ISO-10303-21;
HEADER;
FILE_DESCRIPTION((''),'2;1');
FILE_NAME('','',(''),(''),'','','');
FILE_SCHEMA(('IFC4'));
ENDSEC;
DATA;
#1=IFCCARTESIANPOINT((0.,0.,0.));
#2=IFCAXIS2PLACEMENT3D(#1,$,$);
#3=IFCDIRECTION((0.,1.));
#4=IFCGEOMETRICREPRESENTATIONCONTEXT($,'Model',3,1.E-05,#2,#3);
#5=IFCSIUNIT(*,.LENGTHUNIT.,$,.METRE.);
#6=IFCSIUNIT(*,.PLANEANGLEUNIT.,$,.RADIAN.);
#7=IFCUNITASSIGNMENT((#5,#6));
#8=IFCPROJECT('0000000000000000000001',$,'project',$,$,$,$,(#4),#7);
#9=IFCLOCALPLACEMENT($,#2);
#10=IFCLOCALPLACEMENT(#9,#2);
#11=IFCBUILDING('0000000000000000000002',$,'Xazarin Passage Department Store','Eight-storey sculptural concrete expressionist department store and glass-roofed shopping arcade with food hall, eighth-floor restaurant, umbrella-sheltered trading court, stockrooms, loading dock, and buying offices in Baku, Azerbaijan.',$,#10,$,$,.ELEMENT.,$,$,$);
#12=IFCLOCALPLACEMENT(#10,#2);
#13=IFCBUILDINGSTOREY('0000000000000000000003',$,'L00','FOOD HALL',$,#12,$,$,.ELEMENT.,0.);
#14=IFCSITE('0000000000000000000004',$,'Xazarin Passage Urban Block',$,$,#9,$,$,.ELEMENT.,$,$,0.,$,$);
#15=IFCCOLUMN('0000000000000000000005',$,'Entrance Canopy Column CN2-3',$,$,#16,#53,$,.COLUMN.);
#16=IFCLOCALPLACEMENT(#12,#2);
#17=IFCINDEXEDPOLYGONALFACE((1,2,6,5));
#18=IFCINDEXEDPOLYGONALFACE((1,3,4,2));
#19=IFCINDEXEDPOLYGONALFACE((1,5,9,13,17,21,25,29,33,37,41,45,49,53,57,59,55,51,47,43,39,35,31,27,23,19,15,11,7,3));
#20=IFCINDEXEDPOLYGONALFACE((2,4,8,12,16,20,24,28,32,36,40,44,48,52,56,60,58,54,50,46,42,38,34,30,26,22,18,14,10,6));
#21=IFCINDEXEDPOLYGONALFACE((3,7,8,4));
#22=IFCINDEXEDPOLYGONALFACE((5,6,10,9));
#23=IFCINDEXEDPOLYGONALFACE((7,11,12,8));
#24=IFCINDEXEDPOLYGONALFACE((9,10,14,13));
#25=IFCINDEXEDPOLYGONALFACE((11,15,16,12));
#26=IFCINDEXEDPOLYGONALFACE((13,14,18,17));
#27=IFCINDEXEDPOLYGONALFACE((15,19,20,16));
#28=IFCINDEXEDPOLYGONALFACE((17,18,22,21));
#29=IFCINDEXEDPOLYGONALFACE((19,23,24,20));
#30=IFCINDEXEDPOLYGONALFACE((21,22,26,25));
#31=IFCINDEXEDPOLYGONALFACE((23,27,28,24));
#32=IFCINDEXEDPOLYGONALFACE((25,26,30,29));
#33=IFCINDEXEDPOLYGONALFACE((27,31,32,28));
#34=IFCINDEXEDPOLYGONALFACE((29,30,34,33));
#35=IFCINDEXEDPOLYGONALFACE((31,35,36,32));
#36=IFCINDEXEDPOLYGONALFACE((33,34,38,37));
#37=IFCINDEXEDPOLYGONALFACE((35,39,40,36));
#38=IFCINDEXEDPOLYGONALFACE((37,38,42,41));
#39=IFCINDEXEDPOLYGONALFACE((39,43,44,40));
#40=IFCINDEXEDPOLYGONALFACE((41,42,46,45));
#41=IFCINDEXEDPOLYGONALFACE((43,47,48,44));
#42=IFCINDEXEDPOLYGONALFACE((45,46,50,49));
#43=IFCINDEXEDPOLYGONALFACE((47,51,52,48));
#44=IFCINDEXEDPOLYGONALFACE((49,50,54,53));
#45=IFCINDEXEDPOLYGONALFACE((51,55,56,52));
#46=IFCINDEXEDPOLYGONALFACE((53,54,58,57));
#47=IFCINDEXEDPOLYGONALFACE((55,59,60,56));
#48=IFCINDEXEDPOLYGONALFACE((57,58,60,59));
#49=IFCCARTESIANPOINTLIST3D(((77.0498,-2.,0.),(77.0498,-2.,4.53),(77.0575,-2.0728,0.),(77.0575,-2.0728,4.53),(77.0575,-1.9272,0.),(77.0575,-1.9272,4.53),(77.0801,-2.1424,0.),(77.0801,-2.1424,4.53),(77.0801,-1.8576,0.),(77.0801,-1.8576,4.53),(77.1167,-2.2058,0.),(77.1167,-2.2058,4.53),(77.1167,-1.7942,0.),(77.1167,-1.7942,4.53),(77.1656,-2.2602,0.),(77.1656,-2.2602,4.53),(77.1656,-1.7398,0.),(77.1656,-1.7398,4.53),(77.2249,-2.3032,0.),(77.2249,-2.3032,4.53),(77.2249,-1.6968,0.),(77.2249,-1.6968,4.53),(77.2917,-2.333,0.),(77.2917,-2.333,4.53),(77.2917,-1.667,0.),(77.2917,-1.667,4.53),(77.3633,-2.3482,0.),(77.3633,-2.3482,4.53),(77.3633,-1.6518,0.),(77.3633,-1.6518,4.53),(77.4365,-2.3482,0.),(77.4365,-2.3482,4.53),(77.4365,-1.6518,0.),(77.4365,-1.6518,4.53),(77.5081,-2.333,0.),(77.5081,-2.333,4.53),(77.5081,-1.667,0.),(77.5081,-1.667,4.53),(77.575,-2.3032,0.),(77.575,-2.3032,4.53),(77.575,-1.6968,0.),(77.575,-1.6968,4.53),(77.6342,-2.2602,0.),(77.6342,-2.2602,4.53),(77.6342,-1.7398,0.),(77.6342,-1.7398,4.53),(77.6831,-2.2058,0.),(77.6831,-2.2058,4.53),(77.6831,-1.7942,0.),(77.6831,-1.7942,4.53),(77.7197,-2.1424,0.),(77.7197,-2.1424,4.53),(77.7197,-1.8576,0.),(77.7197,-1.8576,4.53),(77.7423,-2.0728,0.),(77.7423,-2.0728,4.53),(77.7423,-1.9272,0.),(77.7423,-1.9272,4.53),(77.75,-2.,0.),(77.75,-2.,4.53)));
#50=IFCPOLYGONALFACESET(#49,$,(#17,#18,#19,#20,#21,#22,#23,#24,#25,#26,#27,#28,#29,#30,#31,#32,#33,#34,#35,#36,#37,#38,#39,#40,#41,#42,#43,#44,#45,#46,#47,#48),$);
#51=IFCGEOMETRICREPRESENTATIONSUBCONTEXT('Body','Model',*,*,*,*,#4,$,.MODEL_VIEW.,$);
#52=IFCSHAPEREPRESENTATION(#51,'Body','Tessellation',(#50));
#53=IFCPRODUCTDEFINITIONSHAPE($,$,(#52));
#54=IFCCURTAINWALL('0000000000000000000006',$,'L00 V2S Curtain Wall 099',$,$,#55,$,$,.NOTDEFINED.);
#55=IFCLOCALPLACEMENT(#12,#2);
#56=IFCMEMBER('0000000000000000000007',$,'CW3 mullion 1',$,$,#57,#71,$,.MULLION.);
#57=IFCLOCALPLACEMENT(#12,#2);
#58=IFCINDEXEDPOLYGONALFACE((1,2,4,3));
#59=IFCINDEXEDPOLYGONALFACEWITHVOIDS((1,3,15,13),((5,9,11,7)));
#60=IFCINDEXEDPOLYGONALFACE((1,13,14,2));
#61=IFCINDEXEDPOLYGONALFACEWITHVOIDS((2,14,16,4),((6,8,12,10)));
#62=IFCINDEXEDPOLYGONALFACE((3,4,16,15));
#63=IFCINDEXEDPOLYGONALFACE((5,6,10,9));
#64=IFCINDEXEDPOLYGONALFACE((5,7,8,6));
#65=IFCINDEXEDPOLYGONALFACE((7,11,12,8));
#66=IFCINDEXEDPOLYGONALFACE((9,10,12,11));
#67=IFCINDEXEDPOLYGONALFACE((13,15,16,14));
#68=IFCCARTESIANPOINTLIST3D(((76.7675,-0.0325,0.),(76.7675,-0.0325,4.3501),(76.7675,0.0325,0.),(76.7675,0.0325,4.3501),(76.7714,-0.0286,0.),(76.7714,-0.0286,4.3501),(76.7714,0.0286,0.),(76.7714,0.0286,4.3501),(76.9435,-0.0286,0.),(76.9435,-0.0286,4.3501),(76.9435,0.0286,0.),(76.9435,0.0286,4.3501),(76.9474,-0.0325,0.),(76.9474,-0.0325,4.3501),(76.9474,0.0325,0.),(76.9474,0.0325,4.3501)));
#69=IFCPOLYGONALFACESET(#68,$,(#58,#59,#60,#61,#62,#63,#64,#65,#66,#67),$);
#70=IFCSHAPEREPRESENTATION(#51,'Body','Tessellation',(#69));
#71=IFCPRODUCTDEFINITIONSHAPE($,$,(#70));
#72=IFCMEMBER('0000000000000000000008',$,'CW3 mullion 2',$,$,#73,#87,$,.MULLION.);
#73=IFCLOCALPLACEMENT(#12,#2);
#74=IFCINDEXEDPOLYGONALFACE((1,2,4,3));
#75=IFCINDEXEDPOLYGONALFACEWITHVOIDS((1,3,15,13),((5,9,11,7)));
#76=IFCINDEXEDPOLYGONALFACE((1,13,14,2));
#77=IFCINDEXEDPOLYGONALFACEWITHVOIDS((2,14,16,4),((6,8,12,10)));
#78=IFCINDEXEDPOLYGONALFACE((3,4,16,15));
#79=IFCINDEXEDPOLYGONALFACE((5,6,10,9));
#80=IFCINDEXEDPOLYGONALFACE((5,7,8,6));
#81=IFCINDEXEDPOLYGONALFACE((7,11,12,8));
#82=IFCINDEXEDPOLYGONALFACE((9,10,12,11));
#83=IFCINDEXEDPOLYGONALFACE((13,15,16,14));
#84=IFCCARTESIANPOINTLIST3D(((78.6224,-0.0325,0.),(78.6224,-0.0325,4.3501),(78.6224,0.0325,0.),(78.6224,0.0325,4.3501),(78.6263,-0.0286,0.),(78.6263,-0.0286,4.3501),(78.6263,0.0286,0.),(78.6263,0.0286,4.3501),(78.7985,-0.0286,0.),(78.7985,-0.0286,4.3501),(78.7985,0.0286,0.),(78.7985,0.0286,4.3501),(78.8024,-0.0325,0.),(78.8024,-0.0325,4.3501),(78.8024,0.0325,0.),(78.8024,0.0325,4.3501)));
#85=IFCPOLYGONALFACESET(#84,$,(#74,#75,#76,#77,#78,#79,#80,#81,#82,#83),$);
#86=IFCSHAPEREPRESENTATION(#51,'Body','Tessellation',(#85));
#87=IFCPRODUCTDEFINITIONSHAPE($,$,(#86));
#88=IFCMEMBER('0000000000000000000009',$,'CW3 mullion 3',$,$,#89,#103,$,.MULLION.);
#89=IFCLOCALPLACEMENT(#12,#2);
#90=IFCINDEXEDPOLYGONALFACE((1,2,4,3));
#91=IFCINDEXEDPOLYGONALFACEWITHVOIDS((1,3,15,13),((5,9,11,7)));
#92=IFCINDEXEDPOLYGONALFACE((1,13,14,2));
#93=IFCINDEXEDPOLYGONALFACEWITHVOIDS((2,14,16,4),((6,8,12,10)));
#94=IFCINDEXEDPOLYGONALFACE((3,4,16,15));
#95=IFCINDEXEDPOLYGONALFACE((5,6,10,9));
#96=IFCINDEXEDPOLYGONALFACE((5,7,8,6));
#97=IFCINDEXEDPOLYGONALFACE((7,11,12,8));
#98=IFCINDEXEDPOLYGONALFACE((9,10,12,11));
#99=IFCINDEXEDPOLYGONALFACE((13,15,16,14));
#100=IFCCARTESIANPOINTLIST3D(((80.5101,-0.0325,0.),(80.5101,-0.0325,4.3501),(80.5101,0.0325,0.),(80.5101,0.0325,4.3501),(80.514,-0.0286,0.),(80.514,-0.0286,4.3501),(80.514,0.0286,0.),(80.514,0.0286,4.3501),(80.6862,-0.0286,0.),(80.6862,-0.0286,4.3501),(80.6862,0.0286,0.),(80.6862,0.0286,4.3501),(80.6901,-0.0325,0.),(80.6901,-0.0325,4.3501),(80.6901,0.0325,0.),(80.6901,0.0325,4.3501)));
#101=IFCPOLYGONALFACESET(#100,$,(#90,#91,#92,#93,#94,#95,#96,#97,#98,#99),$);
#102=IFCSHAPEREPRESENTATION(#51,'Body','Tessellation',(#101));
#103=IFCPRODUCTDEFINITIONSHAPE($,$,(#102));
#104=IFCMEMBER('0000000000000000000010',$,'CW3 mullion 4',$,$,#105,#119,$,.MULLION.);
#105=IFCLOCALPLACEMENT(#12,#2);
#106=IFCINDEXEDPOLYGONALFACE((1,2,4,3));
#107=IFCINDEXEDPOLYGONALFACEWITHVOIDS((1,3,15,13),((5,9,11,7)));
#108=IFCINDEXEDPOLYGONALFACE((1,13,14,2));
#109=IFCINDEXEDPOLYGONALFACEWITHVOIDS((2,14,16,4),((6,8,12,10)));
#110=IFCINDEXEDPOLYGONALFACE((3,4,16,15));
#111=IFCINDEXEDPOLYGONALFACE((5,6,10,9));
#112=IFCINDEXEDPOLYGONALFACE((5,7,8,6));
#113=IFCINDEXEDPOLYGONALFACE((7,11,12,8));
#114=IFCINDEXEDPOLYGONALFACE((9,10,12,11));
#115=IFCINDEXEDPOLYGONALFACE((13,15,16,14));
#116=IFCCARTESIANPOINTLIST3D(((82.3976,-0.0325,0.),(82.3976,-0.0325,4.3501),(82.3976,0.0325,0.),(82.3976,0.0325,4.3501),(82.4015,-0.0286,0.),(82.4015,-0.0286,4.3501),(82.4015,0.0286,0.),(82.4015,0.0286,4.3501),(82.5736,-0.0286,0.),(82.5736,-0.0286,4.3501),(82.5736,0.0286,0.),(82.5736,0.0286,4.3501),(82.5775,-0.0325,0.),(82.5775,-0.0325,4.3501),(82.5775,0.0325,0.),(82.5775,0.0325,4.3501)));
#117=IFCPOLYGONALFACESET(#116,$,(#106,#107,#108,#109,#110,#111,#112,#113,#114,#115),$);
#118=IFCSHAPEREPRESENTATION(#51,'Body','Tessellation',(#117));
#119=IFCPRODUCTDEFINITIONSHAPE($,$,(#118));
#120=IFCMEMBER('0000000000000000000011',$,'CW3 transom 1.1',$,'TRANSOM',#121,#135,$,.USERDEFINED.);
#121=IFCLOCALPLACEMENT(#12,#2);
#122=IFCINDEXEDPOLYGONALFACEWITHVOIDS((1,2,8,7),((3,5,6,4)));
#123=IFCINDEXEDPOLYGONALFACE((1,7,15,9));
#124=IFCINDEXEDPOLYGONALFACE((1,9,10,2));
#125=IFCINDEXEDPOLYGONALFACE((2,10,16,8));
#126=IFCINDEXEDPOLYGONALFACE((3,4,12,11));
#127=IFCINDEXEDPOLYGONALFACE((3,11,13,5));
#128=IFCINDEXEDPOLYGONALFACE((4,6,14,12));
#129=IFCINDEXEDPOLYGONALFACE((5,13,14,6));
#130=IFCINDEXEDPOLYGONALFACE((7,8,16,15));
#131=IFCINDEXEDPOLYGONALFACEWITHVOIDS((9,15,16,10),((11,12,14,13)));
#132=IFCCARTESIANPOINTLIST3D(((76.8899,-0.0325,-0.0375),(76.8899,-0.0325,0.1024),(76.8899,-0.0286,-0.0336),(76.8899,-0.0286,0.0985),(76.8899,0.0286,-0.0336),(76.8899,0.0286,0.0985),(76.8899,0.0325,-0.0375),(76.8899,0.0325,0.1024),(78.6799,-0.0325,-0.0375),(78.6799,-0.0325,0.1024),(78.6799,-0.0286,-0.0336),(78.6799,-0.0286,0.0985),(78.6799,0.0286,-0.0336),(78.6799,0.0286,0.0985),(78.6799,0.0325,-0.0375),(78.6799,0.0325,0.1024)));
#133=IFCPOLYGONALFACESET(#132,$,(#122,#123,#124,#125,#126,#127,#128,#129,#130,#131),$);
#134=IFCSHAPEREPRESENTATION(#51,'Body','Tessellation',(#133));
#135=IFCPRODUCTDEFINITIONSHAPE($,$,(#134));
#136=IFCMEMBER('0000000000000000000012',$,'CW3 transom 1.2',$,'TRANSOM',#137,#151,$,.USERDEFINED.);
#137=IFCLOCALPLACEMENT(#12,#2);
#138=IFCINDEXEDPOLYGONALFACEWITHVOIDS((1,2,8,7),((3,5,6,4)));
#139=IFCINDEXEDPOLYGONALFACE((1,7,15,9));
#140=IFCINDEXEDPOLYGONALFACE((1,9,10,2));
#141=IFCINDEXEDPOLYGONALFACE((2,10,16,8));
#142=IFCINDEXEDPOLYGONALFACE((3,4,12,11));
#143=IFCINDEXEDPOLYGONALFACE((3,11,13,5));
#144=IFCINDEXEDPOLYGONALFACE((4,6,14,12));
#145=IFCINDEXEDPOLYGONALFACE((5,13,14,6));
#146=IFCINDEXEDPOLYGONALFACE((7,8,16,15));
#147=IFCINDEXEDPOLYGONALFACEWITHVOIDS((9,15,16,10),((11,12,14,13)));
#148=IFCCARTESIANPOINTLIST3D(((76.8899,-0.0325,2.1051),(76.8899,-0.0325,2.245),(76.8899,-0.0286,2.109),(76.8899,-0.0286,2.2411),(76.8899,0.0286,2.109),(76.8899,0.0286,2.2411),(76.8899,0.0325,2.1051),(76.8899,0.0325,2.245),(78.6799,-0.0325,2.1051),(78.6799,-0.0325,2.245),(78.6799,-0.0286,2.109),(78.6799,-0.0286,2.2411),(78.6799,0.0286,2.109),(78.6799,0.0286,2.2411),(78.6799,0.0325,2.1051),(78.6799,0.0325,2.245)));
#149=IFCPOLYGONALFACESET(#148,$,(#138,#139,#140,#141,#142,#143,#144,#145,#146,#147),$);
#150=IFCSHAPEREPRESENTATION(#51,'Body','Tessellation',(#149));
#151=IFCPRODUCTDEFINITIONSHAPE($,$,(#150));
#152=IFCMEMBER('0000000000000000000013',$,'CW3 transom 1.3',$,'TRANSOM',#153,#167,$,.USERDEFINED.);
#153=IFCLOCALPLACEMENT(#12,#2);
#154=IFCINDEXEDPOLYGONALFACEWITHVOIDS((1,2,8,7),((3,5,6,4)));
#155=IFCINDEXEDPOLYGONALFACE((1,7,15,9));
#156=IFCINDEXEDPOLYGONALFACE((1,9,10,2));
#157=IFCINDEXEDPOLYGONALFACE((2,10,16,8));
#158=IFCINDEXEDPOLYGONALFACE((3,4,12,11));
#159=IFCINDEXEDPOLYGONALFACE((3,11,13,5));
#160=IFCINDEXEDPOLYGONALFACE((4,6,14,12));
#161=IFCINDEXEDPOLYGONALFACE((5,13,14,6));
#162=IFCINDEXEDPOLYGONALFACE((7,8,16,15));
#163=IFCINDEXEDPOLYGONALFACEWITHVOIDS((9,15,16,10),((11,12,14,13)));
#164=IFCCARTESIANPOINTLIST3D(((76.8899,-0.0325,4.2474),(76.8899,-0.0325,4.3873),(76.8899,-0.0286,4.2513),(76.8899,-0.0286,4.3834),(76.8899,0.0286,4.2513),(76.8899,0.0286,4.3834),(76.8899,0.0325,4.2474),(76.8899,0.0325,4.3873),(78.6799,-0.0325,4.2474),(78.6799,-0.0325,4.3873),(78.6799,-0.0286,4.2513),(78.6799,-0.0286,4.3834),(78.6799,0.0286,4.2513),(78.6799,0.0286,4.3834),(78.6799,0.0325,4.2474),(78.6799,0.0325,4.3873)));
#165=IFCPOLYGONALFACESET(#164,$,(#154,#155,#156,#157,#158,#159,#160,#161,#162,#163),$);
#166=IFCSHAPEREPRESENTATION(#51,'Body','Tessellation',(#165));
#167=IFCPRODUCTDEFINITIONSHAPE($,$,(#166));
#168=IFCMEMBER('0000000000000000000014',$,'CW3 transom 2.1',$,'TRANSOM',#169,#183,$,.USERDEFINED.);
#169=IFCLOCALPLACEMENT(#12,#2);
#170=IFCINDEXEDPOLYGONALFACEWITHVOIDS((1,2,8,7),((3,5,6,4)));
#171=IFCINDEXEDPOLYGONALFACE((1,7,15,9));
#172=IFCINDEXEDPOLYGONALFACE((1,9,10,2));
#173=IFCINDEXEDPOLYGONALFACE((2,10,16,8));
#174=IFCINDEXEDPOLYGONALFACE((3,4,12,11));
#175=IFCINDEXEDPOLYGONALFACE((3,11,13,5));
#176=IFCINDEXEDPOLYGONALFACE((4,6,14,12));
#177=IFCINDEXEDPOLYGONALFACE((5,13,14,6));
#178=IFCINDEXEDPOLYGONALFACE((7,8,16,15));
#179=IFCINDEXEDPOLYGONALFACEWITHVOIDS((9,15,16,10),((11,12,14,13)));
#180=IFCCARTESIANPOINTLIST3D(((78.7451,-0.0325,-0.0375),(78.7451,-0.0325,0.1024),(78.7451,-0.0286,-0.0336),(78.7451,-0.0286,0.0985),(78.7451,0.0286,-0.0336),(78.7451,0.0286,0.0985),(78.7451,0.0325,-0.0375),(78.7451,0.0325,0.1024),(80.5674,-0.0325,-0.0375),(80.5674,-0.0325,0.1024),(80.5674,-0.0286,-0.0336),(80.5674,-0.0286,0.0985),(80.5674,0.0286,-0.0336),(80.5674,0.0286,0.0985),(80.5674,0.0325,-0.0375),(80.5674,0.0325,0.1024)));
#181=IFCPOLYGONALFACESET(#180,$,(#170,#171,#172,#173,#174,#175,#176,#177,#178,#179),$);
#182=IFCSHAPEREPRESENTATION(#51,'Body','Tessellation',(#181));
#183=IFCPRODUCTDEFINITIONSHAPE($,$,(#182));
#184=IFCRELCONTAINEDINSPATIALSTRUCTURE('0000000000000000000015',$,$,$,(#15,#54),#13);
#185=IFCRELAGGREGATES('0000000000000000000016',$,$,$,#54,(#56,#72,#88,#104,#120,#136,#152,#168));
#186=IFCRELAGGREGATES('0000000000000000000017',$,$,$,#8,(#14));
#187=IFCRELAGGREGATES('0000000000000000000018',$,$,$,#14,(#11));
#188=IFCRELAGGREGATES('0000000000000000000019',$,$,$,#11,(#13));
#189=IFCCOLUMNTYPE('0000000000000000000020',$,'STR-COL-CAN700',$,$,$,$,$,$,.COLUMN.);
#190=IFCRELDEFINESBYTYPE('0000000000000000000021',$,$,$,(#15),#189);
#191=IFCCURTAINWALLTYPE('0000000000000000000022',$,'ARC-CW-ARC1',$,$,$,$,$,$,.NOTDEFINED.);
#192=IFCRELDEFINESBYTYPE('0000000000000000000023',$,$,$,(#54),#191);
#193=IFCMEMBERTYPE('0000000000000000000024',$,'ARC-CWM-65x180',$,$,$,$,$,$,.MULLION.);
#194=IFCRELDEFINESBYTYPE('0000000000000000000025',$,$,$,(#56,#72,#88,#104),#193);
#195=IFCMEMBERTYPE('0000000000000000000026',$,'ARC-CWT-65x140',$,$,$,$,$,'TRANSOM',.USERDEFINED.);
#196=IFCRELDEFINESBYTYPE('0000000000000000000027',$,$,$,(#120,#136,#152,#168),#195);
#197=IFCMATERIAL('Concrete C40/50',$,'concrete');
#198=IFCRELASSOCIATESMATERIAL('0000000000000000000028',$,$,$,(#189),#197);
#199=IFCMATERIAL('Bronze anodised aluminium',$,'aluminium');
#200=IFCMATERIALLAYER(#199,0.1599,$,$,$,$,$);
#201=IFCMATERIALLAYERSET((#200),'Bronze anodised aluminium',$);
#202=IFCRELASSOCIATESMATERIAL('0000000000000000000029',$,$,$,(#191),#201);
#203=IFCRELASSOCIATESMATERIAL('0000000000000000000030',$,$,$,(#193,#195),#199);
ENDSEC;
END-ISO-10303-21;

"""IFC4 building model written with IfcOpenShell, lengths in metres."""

from ifc_helpers import new_model, si_unit, direction, frame, origin, origin_2d, place, context, subcontext, project, spatial, hollow_rectangle, circle, extrude, material, layer, layer_set, material_profile, profile_set, type_object, element, aggregate, save


model = new_model("IFC4")

# Units and contexts
model_context = context("Model", 3, precision=1e-05, world=origin(), true_north=direction((0.0, 1.0)))
body_context = subcontext(model_context, "Body", "Model", "MODEL_VIEW")
ifc_project = project(units=[si_unit("LENGTHUNIT", "METRE"), si_unit("PLANEANGLEUNIT", "RADIAN")], contexts=[model_context])

# Site, building, storey
site_placement = place(None, origin())
site = spatial("IfcSite", under=ifc_project, at=site_placement, Name="Xazarin Passage Urban Block", CompositionType="ELEMENT", RefElevation=0.0)
building_placement = place(site_placement, origin())
building = spatial("IfcBuilding", under=site, at=building_placement, Name="Xazarin Passage Department Store", Description="Eight-storey sculptural concrete expressionist department store and glass-roofed shopping arcade with food hall, eighth-floor restaurant, umbrella-sheltered trading court, stockrooms, loading dock, and buying offices in Baku, Azerbaijan.", CompositionType="ELEMENT")
storey_placement = place(building_placement, origin())
storey = spatial("IfcBuildingStorey", under=building, at=storey_placement, Name="L00", Description="FOOD HALL", CompositionType="ELEMENT", Elevation=0.0)

# Column
ifc_material_1 = material(Name="Concrete C40/50", Category="concrete")
ifc_material_profile_1 = material_profile(ifc_material_1, circle(Radius=0.3501, at=origin_2d()), Name="RCD 700")
ifc_profile_set_1 = profile_set([ifc_material_profile_1], Name="Concrete C40/50")
column_type = type_object("IfcColumnType", Name="STR-COL-CAN700", PredefinedType="COLUMN", material=ifc_profile_set_1)
column_placement = place(storey_placement, frame((77.3999, -2.0, 0.0), z_axis=(0.0, 0.0, 1.0), x_axis=(1.0, 0.0, 0.0)))
element("IfcColumn", 1, at=column_placement, inside=storey, type_object=column_type, Name="Entrance Canopy Column CN2-3", PredefinedType="COLUMN", context=body_context, shape_type="SweptSolid", body=[
    extrude(circle(Radius=0.3501, at=origin_2d()), origin(), (0.0, 0.0, 1.0), 4.53),
])

# Curtain wall, members
ifc_material_2 = material(Name="Bronze anodised aluminium", Category="aluminium")
ifc_layer_1 = layer(ifc_material_2, 0.1599)
ifc_layer_set_1 = layer_set([ifc_layer_1], Name="Bronze anodised aluminium")
curtain_wall_type = type_object("IfcCurtainWallType", Name="ARC-CW-ARC1", PredefinedType="NOTDEFINED", material=ifc_layer_set_1)
curtain_wall_placement = place(storey_placement, origin())
curtain_wall = element("IfcCurtainWall", 2, at=curtain_wall_placement, inside=storey, type_object=curtain_wall_type, Name="L00 V2S Curtain Wall 099", PredefinedType="NOTDEFINED")
ifc_material_profile_2 = material_profile(ifc_material_2, hollow_rectangle(XDim=0.0649, YDim=0.1799, WallThickness=0.0039, at=origin_2d()), Name="ALU 65x180")
ifc_profile_set_2 = profile_set([ifc_material_profile_2], Name="Bronze anodised aluminium")
member_type_1 = type_object("IfcMemberType", Name="ARC-CWM-65x180", PredefinedType="MULLION", material=ifc_profile_set_2)
member_1_placement = place(storey_placement, frame((76.8574, 0.0, 0.0), z_axis=(0.0, 0.0, 1.0), x_axis=(0.0, 1.0, 0.0)))
member_1 = element("IfcMember", 3, at=member_1_placement, type_object=member_type_1, Name="CW3 mullion 1", PredefinedType="MULLION", context=body_context, shape_type="SweptSolid", body=[
    extrude(hollow_rectangle(XDim=0.0649, YDim=0.1799, WallThickness=0.0039, at=origin_2d()), origin(), (0.0, 0.0, 1.0), 4.3501),
])
member_2_placement = place(storey_placement, frame((78.7124, 0.0, 0.0), z_axis=(0.0, 0.0, 1.0), x_axis=(0.0, 1.0, 0.0)))
member_2 = element("IfcMember", 4, at=member_2_placement, type_object=member_type_1, Name="CW3 mullion 2", PredefinedType="MULLION", context=body_context, shape_type="SweptSolid", body=[
    extrude(hollow_rectangle(XDim=0.0649, YDim=0.1799, WallThickness=0.0039, at=origin_2d()), origin(), (0.0, 0.0, 1.0), 4.3501),
])
member_3_placement = place(storey_placement, frame((80.6001, 0.0, 0.0), z_axis=(0.0, 0.0, 1.0), x_axis=(0.0, 1.0, 0.0)))
member_3 = element("IfcMember", 5, at=member_3_placement, type_object=member_type_1, Name="CW3 mullion 3", PredefinedType="MULLION", context=body_context, shape_type="SweptSolid", body=[
    extrude(hollow_rectangle(XDim=0.0649, YDim=0.1799, WallThickness=0.0039, at=origin_2d()), origin(), (0.0, 0.0, 1.0), 4.3501),
])
member_4_placement = place(storey_placement, frame((82.4875, 0.0, 0.0), z_axis=(0.0, 0.0, 1.0), x_axis=(0.0, 1.0, 0.0)))
member_4 = element("IfcMember", 6, at=member_4_placement, type_object=member_type_1, Name="CW3 mullion 4", PredefinedType="MULLION", context=body_context, shape_type="SweptSolid", body=[
    extrude(hollow_rectangle(XDim=0.0649, YDim=0.1799, WallThickness=0.0039, at=origin_2d()), origin(), (0.0, 0.0, 1.0), 4.3501),
])
ifc_material_profile_3 = material_profile(ifc_material_2, hollow_rectangle(XDim=0.0649, YDim=0.1399, WallThickness=0.0039, at=origin_2d()), Name="ALU 65x140")
ifc_profile_set_3 = profile_set([ifc_material_profile_3], Name="Bronze anodised aluminium")
member_type_2 = type_object("IfcMemberType", Name="ARC-CWT-65x140", ElementType="TRANSOM", PredefinedType="USERDEFINED", material=ifc_profile_set_3)
member_5_placement = place(storey_placement, frame((76.8899, 0.0, 0.0325), z_axis=(1.0, 0.0, 0.0), x_axis=(0.0, 1.0, 0.0)))
member_5 = element("IfcMember", 7, at=member_5_placement, type_object=member_type_2, Name="CW3 transom 1.1", ObjectType="TRANSOM", PredefinedType="USERDEFINED", context=body_context, shape_type="SweptSolid", body=[
    extrude(hollow_rectangle(XDim=0.0649, YDim=0.1399, WallThickness=0.0039, at=origin_2d()), origin(), (0.0, 0.0, 1.0), 1.79),
])
member_6_placement = place(storey_placement, frame((76.8899, 0.0, 2.175), z_axis=(1.0, 0.0, 0.0), x_axis=(0.0, 1.0, 0.0)))
member_6 = element("IfcMember", 8, at=member_6_placement, type_object=member_type_2, Name="CW3 transom 1.2", ObjectType="TRANSOM", PredefinedType="USERDEFINED", context=body_context, shape_type="SweptSolid", body=[
    extrude(hollow_rectangle(XDim=0.0649, YDim=0.1399, WallThickness=0.0039, at=origin_2d()), origin(), (0.0, 0.0, 1.0), 1.79),
])
member_7_placement = place(storey_placement, frame((76.8899, 0.0, 4.3174), z_axis=(1.0, 0.0, 0.0), x_axis=(0.0, 1.0, 0.0)))
member_7 = element("IfcMember", 9, at=member_7_placement, type_object=member_type_2, Name="CW3 transom 1.3", ObjectType="TRANSOM", PredefinedType="USERDEFINED", context=body_context, shape_type="SweptSolid", body=[
    extrude(hollow_rectangle(XDim=0.0649, YDim=0.1399, WallThickness=0.0039, at=origin_2d()), origin(), (0.0, 0.0, 1.0), 1.79),
])
member_8_placement = place(storey_placement, frame((78.7451, 0.0, 0.0325), z_axis=(1.0, 0.0, 0.0), x_axis=(0.0, 1.0, 0.0)))
member_8 = element("IfcMember", 10, at=member_8_placement, type_object=member_type_2, Name="CW3 transom 2.1", ObjectType="TRANSOM", PredefinedType="USERDEFINED", context=body_context, shape_type="SweptSolid", body=[
    extrude(hollow_rectangle(XDim=0.0649, YDim=0.1399, WallThickness=0.0039, at=origin_2d()), origin(), (0.0, 0.0, 1.0), 1.8223),
])

aggregate(curtain_wall, [member_1, member_2, member_3, member_4, member_5, member_6, member_7, member_8])

save(model, "model.ifc")
